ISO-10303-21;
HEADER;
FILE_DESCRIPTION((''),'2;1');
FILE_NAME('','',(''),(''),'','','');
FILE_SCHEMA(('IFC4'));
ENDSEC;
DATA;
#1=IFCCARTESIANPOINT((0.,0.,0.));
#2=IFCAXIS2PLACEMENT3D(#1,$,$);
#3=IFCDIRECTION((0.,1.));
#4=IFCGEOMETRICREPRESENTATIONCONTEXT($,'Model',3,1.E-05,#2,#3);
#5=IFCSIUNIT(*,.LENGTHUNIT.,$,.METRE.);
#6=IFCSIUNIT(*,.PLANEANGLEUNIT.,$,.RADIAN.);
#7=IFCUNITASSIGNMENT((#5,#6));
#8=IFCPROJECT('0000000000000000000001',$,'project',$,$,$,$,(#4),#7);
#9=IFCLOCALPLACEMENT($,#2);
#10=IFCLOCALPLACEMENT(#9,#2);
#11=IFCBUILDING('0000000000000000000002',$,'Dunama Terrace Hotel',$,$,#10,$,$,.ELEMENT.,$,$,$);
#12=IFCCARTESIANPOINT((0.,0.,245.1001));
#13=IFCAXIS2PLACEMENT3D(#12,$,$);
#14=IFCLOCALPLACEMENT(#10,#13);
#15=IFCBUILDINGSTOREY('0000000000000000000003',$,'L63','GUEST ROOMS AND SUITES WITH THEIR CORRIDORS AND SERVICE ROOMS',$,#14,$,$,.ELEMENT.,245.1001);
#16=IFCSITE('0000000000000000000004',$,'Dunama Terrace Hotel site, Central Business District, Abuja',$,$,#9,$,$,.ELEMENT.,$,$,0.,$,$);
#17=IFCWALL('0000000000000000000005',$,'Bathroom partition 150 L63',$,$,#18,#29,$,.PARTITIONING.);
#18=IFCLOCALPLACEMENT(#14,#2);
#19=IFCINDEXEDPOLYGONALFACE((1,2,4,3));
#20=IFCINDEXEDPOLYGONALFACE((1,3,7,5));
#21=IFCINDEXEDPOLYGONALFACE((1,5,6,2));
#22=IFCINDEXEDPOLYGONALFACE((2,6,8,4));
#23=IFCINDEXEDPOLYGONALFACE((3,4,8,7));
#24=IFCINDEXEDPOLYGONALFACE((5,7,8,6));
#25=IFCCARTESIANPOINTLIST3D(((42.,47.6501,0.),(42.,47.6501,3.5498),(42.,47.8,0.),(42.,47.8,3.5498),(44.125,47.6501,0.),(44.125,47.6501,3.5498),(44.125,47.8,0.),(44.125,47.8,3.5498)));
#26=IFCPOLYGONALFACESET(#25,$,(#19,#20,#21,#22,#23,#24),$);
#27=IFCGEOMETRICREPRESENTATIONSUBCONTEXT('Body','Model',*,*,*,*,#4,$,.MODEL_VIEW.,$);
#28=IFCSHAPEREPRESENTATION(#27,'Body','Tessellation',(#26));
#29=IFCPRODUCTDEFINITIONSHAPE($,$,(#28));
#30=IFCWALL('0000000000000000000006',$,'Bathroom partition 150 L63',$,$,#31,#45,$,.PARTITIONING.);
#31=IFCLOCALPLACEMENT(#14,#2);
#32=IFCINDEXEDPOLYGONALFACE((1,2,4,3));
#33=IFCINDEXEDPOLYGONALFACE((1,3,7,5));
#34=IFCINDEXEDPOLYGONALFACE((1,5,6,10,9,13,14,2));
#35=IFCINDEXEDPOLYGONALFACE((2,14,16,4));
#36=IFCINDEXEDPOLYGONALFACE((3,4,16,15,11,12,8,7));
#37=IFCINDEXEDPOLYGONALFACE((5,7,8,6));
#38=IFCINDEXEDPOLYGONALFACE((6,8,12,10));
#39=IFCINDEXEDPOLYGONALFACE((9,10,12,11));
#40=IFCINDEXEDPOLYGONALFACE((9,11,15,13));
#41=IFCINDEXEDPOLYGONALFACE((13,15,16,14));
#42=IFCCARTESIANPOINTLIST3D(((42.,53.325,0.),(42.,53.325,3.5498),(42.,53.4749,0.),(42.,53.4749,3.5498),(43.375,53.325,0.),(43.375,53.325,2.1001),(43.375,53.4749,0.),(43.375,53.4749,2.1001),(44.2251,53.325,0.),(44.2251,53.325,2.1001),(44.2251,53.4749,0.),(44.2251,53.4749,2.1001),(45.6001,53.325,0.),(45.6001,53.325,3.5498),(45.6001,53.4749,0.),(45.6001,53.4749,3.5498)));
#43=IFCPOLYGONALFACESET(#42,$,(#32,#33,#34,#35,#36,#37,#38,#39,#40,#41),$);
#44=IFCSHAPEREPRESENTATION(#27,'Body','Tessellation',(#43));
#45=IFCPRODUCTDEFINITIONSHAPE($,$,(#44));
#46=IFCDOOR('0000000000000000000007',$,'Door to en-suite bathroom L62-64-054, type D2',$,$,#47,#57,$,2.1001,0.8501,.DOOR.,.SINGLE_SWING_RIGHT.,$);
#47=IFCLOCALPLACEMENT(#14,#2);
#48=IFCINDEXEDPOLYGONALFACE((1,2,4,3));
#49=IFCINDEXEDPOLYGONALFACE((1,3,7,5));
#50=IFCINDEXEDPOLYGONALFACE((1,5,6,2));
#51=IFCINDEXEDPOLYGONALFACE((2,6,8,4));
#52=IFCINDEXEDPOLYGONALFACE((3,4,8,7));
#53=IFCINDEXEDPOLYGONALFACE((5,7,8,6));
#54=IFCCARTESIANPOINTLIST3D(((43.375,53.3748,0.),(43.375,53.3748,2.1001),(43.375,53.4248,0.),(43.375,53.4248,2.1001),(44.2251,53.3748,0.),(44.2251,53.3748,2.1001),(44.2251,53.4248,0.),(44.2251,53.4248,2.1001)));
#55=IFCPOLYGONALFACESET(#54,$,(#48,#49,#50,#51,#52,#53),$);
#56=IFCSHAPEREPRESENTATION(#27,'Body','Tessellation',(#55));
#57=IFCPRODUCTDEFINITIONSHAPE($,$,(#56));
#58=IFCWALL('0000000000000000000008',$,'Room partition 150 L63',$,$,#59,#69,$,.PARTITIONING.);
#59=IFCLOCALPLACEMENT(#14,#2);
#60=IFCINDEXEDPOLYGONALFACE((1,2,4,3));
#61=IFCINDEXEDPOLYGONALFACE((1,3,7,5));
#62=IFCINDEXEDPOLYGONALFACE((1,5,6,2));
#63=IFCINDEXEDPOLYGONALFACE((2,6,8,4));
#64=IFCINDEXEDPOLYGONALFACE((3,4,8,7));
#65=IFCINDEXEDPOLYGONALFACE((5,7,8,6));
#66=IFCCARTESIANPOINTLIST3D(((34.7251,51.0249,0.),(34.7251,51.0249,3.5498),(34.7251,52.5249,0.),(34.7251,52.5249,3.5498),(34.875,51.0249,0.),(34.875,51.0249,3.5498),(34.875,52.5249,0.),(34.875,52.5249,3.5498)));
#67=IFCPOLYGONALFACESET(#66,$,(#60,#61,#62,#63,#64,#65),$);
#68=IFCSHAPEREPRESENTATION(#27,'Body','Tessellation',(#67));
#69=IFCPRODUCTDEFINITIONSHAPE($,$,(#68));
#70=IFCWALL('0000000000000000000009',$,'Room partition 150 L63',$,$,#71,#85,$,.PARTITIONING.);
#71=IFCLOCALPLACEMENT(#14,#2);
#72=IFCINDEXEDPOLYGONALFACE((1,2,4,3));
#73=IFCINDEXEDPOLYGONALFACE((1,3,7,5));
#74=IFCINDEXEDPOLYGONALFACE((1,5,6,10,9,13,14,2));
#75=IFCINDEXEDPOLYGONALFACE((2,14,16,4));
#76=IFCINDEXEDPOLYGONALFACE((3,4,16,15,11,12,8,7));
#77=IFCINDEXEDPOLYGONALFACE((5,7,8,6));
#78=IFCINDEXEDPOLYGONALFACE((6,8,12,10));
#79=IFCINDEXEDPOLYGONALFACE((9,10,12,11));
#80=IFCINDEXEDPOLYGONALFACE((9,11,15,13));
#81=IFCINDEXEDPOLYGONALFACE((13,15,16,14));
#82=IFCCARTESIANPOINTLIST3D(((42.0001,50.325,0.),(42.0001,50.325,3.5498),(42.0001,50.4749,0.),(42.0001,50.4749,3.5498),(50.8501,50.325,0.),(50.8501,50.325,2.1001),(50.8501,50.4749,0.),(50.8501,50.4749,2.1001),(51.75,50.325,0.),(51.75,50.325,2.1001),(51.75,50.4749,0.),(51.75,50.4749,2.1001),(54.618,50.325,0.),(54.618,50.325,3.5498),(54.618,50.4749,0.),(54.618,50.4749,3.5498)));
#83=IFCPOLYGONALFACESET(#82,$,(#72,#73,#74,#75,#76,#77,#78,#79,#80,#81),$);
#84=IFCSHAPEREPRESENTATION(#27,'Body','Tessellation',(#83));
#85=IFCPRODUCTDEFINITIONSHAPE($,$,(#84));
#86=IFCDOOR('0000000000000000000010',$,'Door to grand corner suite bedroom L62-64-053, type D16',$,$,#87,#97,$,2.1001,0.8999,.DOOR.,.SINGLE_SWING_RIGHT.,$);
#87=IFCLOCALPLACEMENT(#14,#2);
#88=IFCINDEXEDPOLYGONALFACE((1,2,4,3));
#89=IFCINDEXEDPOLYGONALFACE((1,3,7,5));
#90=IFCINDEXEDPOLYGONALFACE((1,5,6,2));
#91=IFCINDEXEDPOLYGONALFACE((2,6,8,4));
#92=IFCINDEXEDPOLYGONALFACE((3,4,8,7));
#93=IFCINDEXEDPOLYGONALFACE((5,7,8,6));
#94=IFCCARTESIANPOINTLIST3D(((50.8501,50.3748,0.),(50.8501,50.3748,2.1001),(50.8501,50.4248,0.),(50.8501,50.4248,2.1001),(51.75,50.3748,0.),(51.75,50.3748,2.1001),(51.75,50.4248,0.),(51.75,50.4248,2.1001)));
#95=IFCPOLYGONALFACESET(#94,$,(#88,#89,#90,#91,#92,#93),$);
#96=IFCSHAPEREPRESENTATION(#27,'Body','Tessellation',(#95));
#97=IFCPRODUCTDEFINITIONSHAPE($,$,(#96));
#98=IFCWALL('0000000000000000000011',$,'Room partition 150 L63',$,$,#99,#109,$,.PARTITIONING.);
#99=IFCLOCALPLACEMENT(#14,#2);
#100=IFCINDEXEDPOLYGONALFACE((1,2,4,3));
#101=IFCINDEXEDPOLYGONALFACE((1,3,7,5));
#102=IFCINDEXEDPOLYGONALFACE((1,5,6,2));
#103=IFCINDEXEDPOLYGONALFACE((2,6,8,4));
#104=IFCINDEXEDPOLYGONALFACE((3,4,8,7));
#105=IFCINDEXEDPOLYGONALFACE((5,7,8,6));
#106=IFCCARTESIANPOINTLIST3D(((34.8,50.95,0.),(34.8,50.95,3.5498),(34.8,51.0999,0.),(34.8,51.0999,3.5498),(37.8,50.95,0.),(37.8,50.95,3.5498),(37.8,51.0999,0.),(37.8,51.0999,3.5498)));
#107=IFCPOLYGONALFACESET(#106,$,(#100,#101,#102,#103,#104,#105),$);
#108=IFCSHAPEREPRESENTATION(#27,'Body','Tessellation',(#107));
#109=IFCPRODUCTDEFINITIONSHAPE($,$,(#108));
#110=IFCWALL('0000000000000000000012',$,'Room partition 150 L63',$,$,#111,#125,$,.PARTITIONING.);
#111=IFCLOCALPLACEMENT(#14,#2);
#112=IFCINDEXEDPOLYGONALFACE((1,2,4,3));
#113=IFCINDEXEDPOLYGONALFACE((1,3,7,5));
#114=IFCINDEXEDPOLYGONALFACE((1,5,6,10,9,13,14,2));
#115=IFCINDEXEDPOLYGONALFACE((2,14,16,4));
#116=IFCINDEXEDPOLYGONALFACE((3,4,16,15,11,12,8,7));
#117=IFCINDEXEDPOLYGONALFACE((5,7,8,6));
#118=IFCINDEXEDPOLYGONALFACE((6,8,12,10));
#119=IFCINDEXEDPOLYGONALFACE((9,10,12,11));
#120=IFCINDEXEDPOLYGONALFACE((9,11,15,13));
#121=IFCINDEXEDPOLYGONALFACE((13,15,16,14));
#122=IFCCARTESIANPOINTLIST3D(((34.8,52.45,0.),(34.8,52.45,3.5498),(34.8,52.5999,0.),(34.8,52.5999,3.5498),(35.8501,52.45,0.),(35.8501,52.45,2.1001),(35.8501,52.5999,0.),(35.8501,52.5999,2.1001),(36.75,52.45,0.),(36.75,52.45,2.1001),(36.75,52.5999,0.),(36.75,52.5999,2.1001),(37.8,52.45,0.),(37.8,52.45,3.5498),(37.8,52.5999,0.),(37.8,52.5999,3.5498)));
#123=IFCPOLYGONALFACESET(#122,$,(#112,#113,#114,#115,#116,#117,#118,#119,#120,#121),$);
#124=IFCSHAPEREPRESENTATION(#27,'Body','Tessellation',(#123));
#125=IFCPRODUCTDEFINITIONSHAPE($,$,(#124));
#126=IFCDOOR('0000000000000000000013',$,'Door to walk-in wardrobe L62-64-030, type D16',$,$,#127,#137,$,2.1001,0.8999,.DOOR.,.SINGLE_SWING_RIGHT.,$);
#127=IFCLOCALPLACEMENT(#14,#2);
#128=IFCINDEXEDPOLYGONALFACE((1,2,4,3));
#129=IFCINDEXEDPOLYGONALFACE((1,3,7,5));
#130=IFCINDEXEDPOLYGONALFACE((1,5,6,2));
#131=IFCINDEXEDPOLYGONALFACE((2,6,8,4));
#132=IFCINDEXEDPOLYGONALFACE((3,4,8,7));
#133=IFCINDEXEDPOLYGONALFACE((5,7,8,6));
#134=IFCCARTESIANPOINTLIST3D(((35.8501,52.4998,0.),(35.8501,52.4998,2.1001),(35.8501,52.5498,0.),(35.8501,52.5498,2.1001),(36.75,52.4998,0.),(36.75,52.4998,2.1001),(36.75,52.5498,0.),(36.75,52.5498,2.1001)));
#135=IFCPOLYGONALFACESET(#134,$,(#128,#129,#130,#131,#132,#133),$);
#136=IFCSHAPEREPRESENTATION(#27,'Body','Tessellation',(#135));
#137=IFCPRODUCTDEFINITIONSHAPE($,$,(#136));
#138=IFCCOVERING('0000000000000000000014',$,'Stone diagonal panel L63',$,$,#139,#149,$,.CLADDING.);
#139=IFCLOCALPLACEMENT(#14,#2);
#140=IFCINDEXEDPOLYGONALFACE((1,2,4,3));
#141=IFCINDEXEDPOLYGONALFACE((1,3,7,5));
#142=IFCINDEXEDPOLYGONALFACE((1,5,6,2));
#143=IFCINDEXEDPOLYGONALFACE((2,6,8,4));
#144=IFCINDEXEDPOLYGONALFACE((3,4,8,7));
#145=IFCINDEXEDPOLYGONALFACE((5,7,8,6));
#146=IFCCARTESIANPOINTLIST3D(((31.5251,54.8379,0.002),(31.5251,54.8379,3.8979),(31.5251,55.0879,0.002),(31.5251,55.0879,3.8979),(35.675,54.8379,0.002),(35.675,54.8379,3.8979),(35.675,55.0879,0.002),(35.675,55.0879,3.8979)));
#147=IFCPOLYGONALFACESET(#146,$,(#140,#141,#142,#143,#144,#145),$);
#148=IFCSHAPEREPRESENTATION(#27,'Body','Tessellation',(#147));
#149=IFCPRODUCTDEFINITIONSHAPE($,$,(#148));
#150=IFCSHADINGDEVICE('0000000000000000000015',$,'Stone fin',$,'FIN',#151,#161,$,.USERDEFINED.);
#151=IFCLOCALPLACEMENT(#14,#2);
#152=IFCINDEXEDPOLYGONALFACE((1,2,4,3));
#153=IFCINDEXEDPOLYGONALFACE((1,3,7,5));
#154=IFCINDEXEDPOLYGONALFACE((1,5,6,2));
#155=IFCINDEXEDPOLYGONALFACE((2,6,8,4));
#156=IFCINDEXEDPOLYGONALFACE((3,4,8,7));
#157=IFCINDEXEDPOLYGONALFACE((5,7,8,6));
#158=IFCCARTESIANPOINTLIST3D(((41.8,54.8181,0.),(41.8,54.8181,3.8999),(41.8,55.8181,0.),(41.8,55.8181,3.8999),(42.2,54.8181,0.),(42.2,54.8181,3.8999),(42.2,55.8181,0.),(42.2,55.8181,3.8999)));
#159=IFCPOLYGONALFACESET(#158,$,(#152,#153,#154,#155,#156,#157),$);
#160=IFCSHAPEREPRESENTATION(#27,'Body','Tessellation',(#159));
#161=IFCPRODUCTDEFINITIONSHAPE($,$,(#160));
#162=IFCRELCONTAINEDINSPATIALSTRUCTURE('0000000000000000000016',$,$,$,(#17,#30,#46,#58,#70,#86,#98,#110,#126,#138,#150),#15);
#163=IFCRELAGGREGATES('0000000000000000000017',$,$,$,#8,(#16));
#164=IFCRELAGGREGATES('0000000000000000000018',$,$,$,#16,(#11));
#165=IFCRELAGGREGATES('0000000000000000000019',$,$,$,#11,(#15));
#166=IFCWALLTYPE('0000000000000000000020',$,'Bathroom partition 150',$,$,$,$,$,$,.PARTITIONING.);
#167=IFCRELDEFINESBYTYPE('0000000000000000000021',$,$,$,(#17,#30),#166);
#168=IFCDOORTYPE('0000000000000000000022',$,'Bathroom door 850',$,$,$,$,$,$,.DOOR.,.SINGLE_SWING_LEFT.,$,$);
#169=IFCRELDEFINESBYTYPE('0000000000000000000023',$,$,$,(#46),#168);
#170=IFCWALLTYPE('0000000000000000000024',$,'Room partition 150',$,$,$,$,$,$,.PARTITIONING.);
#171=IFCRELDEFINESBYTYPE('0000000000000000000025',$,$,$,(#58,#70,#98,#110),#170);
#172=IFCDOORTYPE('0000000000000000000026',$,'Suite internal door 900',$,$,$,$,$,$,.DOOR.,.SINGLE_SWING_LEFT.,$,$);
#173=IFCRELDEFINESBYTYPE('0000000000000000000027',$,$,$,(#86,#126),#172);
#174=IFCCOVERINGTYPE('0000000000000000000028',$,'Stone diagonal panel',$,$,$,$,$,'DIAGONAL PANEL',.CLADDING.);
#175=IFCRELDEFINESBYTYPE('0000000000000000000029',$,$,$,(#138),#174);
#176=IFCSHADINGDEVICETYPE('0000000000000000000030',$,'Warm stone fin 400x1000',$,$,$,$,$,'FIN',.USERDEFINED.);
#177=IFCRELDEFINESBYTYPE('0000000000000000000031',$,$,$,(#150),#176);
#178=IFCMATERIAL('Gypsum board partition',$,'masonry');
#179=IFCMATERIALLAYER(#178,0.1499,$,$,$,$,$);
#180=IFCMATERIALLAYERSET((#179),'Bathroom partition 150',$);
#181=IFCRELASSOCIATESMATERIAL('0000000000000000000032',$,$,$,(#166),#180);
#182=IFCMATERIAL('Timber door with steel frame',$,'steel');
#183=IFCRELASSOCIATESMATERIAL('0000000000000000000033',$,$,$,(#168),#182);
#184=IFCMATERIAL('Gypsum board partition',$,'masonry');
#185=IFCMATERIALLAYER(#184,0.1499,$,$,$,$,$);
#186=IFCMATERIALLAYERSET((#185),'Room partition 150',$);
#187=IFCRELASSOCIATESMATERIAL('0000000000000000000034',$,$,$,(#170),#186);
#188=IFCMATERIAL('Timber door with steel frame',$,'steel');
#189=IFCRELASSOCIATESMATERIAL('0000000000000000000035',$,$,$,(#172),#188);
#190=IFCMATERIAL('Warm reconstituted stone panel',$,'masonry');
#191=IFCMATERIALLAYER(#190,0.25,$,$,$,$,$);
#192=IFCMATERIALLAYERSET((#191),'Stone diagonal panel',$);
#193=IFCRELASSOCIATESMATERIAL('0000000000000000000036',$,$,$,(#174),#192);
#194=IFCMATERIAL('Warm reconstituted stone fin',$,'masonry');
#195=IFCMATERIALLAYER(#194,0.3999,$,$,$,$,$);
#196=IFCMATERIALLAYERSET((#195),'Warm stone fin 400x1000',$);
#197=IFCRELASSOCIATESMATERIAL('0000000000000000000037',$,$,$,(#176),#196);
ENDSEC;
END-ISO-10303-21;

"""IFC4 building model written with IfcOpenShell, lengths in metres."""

from ifc_helpers import new_model, si_unit, direction, frame, frame_2d, origin, origin_2d, place, context, subcontext, project, spatial, rectangle, extrude, material, layer, layer_set, type_object, element, fill, save


model = new_model("IFC4")

# Units and contexts
model_context = context("Model", 3, precision=1e-05, world=origin(), true_north=direction((0.0, 1.0)))
body_context = subcontext(model_context, "Body", "Model", "MODEL_VIEW")
ifc_project = project(units=[si_unit("LENGTHUNIT", "METRE"), si_unit("PLANEANGLEUNIT", "RADIAN")], contexts=[model_context])

# Site, building, storey
site_placement = place(None, origin())
site = spatial("IfcSite", under=ifc_project, at=site_placement, Name="Dunama Terrace Hotel site, Central Business District, Abuja", CompositionType="ELEMENT", RefElevation=0.0)
building_placement = place(site_placement, origin())
building = spatial("IfcBuilding", under=site, at=building_placement, Name="Dunama Terrace Hotel", CompositionType="ELEMENT")
storey_placement = place(building_placement, frame((0.0, 0.0, 245.1001)))
storey = spatial("IfcBuildingStorey", under=building, at=storey_placement, Name="L63", Description="GUEST ROOMS AND SUITES WITH THEIR CORRIDORS AND SERVICE ROOMS", CompositionType="ELEMENT", Elevation=245.1001)

# Wall
ifc_material_1 = material(Name="Gypsum board partition", Category="masonry")
ifc_layer_1 = layer(ifc_material_1, 0.1499)
ifc_layer_set_1 = layer_set([ifc_layer_1], Name="Bathroom partition 150")
wall_type_1 = type_object("IfcWallType", Name="Bathroom partition 150", PredefinedType="PARTITIONING", material=ifc_layer_set_1)
wall_1_placement = place(storey_placement, frame((42.0, 47.7251, 0.0), z_axis=(0.0, 0.0, 1.0), x_axis=(1.0, 0.0, 0.0)))
element("IfcWall", 1, at=wall_1_placement, inside=storey, type_object=wall_type_1, Name="Bathroom partition 150 L63", PredefinedType="PARTITIONING", context=body_context, shape_type="SweptSolid", body=[
    extrude(rectangle(XDim=2.125, YDim=0.1499, at=frame_2d((1.0625, 0.0))), origin(), (0.0, 0.0, 1.0), 3.5498),
])

# Wall, opening, door
wall_2_placement = place(storey_placement, frame((42.0, 53.3999, 0.0), z_axis=(0.0, 0.0, 1.0), x_axis=(1.0, 0.0, 0.0)))
wall_2 = element("IfcWall", 2, at=wall_2_placement, inside=storey, type_object=wall_type_1, Name="Bathroom partition 150 L63", PredefinedType="PARTITIONING", context=body_context, shape_type="SweptSolid", body=[
    extrude(rectangle(XDim=3.6001, YDim=0.1499, at=frame_2d((1.8, 0.0))), origin(), (0.0, 0.0, 1.0), 3.5498),
])
opening_1_placement = place(wall_2_placement, frame((1.375, 0.0, 0.0)))
opening_1 = element("IfcOpeningElement", 3, at=opening_1_placement, cuts=wall_2, PredefinedType="OPENING", context=body_context, shape_type="SweptSolid", body=[
    extrude(rectangle(XDim=0.8501, YDim=2.1001, at=frame_2d((0.425, 1.05))), frame((0.0, 0.085, 0.0), z_axis=(0.0, -1.0, 0.0), x_axis=(1.0, 0.0, 0.0)), (0.0, 0.0, 1.0), 0.1699),
])
ifc_material_2 = material(Name="Timber door with steel frame", Category="steel")
door_type_1 = type_object("IfcDoorType", Name="Bathroom door 850", OperationType="SINGLE_SWING_LEFT", PredefinedType="DOOR", material=ifc_material_2)
door_1_placement = place(opening_1_placement, frame((0.8501, 0.0, 0.0), z_axis=(0.0, 0.0, 1.0), x_axis=(-1.0, 0.0, 0.0)))
door_1 = element("IfcDoor", 4, at=door_1_placement, inside=storey, type_object=door_type_1, Name="Door to en-suite bathroom L62-64-054, type D2", OperationType="SINGLE_SWING_RIGHT", OverallHeight=2.1001, OverallWidth=0.8501, PredefinedType="DOOR", context=body_context, shape_type="SweptSolid", body=[
    extrude(rectangle(XDim=0.8501, YDim=2.1001, at=frame_2d((0.425, 1.05))), frame((0.0, 0.0251, 0.0), z_axis=(0.0, -1.0, 0.0), x_axis=(1.0, 0.0, 0.0)), (0.0, 0.0, 1.0), 0.05),
])
fill(opening_1, door_1)

# Wall
ifc_material_3 = material(Name="Gypsum board partition", Category="masonry")
ifc_layer_2 = layer(ifc_material_3, 0.1499)
ifc_layer_set_2 = layer_set([ifc_layer_2], Name="Room partition 150")
wall_type_2 = type_object("IfcWallType", Name="Room partition 150", PredefinedType="PARTITIONING", material=ifc_layer_set_2)
wall_3_placement = place(storey_placement, frame((34.8, 51.0249, 0.0), z_axis=(0.0, 0.0, 1.0), x_axis=(0.0, 1.0, 0.0)))
element("IfcWall", 5, at=wall_3_placement, inside=storey, type_object=wall_type_2, Name="Room partition 150 L63", PredefinedType="PARTITIONING", context=body_context, shape_type="SweptSolid", body=[
    extrude(rectangle(XDim=1.5, YDim=0.1499, at=frame_2d((0.75, 0.0))), origin(), (0.0, 0.0, 1.0), 3.5498),
])

# Wall, opening, door
wall_4_placement = place(storey_placement, frame((42.0, 50.3999, 0.0), z_axis=(0.0, 0.0, 1.0), x_axis=(1.0, 0.0, 0.0)))
wall_4 = element("IfcWall", 6, at=wall_4_placement, inside=storey, type_object=wall_type_2, Name="Room partition 150 L63", PredefinedType="PARTITIONING", context=body_context, shape_type="SweptSolid", body=[
    extrude(rectangle(XDim=12.6179, YDim=0.1499, at=frame_2d((6.3091, 0.0))), origin(), (0.0, 0.0, 1.0), 3.5498),
])
opening_2_placement = place(wall_4_placement, frame((8.8501, 0.0, 0.0)))
opening_2 = element("IfcOpeningElement", 7, at=opening_2_placement, cuts=wall_4, PredefinedType="OPENING", context=body_context, shape_type="SweptSolid", body=[
    extrude(rectangle(XDim=0.8999, YDim=2.1001, at=frame_2d((0.45, 1.05))), frame((0.0, 0.085, 0.0), z_axis=(0.0, -1.0, 0.0), x_axis=(1.0, 0.0, 0.0)), (0.0, 0.0, 1.0), 0.1699),
])
ifc_material_4 = material(Name="Timber door with steel frame", Category="steel")
door_type_2 = type_object("IfcDoorType", Name="Suite internal door 900", OperationType="SINGLE_SWING_LEFT", PredefinedType="DOOR", material=ifc_material_4)
door_2_placement = place(opening_2_placement, origin())
door_2 = element("IfcDoor", 8, at=door_2_placement, inside=storey, type_object=door_type_2, Name="Door to grand corner suite bedroom L62-64-053, type D16", OperationType="SINGLE_SWING_RIGHT", OverallHeight=2.1001, OverallWidth=0.8999, PredefinedType="DOOR", context=body_context, shape_type="SweptSolid", body=[
    extrude(rectangle(XDim=0.8999, YDim=2.1001, at=frame_2d((0.45, 1.05))), frame((0.0, 0.0249, 0.0), z_axis=(0.0, -1.0, 0.0), x_axis=(1.0, 0.0, 0.0)), (0.0, 0.0, 1.0), 0.05),
])
fill(opening_2, door_2)

# Wall
wall_5_placement = place(storey_placement, frame((34.8, 51.0249, 0.0), z_axis=(0.0, 0.0, 1.0), x_axis=(1.0, 0.0, 0.0)))
element("IfcWall", 9, at=wall_5_placement, inside=storey, type_object=wall_type_2, Name="Room partition 150 L63", PredefinedType="PARTITIONING", context=body_context, shape_type="SweptSolid", body=[
    extrude(rectangle(XDim=3.0, YDim=0.1499, at=frame_2d((1.5, 0.0))), origin(), (0.0, 0.0, 1.0), 3.5498),
])

# Wall, opening, door
wall_6_placement = place(storey_placement, frame((34.8, 52.5249, 0.0), z_axis=(0.0, 0.0, 1.0), x_axis=(1.0, 0.0, 0.0)))
wall_6 = element("IfcWall", 10, at=wall_6_placement, inside=storey, type_object=wall_type_2, Name="Room partition 150 L63", PredefinedType="PARTITIONING", context=body_context, shape_type="SweptSolid", body=[
    extrude(rectangle(XDim=3.0, YDim=0.1499, at=frame_2d((1.5, 0.0))), origin(), (0.0, 0.0, 1.0), 3.5498),
])
opening_3_placement = place(wall_6_placement, frame((1.05, 0.0, 0.0)))
opening_3 = element("IfcOpeningElement", 11, at=opening_3_placement, cuts=wall_6, PredefinedType="OPENING", context=body_context, shape_type="SweptSolid", body=[
    extrude(rectangle(XDim=0.8999, YDim=2.1001, at=frame_2d((0.45, 1.05))), frame((0.0, 0.085, 0.0), z_axis=(0.0, -1.0, 0.0), x_axis=(1.0, 0.0, 0.0)), (0.0, 0.0, 1.0), 0.1699),
])
door_3_placement = place(opening_3_placement, frame((0.8999, 0.0, 0.0), z_axis=(0.0, 0.0, 1.0), x_axis=(-1.0, 0.0, 0.0)))
door_3 = element("IfcDoor", 12, at=door_3_placement, inside=storey, type_object=door_type_2, Name="Door to walk-in wardrobe L62-64-030, type D16", OperationType="SINGLE_SWING_RIGHT", OverallHeight=2.1001, OverallWidth=0.8999, PredefinedType="DOOR", context=body_context, shape_type="SweptSolid", body=[
    extrude(rectangle(XDim=0.8999, YDim=2.1001, at=frame_2d((0.45, 1.05))), frame((0.0, 0.0251, 0.0), z_axis=(0.0, -1.0, 0.0), x_axis=(1.0, 0.0, 0.0)), (0.0, 0.0, 1.0), 0.05),
])
fill(opening_3, door_3)

# Covering
ifc_material_5 = material(Name="Warm reconstituted stone panel", Category="masonry")
ifc_layer_3 = layer(ifc_material_5, 0.25)
ifc_layer_set_3 = layer_set([ifc_layer_3], Name="Stone diagonal panel")
covering_type = type_object("IfcCoveringType", Name="Stone diagonal panel", ElementType="DIAGONAL PANEL", PredefinedType="CLADDING", material=ifc_layer_set_3)
covering_placement = place(storey_placement, frame((33.6001, 54.9629, 0.002), z_axis=(0.0, 0.0, 1.0), x_axis=(-1.0, 0.0, 0.0)))
element("IfcCovering", 13, at=covering_placement, inside=storey, type_object=covering_type, Name="Stone diagonal panel L63", PredefinedType="CLADDING", context=body_context, shape_type="SweptSolid", body=[
    extrude(rectangle(XDim=4.1499, YDim=0.25, at=origin_2d()), origin(), (0.0, 0.0, 1.0), 3.896),
])

# Shading device
ifc_material_6 = material(Name="Warm reconstituted stone fin", Category="masonry")
ifc_layer_4 = layer(ifc_material_6, 0.3999)
ifc_layer_set_4 = layer_set([ifc_layer_4], Name="Warm stone fin 400x1000")
shading_device_type = type_object("IfcShadingDeviceType", Name="Warm stone fin 400x1000", ElementType="FIN", PredefinedType="USERDEFINED", material=ifc_layer_set_4)
shading_device_placement = place(storey_placement, frame((42.0, 55.3181, 0.0), z_axis=(0.0, 0.0, 1.0), x_axis=(-1.0, 0.0, 0.0)))
element("IfcShadingDevice", 14, at=shading_device_placement, inside=storey, type_object=shading_device_type, Name="Stone fin", ObjectType="FIN", PredefinedType="USERDEFINED", context=body_context, shape_type="SweptSolid", body=[
    extrude(rectangle(XDim=0.3999, YDim=1.0, at=origin_2d()), origin(), (0.0, 0.0, 1.0), 3.8999),
])

save(model, "model.ifc")
